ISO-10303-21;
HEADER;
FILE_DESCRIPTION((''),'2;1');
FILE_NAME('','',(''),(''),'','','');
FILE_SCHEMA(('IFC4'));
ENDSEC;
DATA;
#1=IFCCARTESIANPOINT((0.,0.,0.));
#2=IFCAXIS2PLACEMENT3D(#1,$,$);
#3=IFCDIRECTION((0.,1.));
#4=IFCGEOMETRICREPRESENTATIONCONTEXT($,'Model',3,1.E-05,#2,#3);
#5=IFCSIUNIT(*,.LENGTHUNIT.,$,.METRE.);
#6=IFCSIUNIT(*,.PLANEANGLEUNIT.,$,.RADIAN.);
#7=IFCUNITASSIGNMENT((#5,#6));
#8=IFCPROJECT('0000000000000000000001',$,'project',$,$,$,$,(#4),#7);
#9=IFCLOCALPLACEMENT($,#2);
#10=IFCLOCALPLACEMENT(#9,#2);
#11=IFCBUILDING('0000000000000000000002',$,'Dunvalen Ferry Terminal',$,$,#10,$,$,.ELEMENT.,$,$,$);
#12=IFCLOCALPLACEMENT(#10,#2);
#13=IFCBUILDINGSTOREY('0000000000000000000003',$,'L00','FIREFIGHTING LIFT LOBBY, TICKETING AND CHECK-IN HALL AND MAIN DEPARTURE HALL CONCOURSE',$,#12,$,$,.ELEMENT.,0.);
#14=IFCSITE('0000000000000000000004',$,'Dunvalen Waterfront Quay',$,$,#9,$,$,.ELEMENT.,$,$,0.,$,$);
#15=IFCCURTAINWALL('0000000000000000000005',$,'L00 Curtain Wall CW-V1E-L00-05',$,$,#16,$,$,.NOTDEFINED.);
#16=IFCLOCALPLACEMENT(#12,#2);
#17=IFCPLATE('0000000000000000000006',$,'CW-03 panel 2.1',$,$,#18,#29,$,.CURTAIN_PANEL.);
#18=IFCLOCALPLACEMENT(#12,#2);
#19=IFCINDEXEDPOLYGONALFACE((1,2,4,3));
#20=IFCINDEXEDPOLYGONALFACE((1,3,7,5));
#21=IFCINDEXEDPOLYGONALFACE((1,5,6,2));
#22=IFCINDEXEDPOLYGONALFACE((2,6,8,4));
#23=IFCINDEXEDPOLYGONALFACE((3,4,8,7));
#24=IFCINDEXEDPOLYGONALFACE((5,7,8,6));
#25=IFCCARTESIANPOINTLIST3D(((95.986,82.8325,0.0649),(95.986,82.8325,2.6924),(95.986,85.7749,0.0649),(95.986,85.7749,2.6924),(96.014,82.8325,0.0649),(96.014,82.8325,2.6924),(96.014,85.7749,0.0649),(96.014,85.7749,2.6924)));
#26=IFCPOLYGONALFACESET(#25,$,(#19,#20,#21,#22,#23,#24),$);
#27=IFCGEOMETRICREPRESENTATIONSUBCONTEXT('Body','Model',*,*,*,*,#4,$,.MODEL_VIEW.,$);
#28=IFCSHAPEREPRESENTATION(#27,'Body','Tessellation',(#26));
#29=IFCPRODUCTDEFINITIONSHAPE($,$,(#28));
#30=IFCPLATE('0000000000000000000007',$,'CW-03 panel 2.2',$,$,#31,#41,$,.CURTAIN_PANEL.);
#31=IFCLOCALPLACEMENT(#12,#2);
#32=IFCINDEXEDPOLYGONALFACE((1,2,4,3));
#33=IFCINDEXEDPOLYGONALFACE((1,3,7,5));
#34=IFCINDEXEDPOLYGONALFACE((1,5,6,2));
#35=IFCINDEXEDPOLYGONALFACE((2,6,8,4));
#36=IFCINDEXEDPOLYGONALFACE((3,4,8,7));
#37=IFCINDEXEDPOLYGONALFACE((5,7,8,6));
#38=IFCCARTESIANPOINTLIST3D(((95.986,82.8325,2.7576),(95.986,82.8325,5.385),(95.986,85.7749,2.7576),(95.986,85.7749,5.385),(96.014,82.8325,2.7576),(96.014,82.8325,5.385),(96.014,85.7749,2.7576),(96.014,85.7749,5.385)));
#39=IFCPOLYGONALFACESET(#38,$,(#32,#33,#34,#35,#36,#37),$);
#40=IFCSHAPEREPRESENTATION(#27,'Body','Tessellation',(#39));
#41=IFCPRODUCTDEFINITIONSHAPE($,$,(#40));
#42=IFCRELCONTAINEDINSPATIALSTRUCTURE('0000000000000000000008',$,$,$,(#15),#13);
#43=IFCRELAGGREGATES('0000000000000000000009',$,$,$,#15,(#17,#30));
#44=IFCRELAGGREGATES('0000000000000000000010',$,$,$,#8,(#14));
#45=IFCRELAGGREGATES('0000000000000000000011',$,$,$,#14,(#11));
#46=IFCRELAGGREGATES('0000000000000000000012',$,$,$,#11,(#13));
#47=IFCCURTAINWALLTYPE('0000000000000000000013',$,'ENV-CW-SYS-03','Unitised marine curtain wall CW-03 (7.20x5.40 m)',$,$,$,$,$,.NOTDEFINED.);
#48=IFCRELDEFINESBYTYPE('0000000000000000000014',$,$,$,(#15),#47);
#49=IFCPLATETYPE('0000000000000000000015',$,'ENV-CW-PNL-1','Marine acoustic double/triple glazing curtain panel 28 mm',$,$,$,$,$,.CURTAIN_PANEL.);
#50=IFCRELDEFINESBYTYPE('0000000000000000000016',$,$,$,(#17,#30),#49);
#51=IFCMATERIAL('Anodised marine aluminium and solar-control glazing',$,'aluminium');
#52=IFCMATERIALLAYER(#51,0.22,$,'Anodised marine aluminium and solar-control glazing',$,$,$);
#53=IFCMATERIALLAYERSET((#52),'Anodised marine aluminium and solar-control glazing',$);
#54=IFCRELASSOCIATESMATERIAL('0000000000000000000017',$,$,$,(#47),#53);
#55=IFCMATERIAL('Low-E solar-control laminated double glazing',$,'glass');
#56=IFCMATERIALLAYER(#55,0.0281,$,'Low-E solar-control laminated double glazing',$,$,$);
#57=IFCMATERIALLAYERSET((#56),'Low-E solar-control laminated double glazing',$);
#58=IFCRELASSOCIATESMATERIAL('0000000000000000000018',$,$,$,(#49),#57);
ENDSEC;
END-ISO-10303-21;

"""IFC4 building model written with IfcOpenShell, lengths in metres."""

from ifc_helpers import new_model, si_unit, direction, frame, origin, origin_2d, place, context, subcontext, project, spatial, rectangle, extrude, material, layer, layer_set, type_object, element, aggregate, save


model = new_model("IFC4")

# Units and contexts
model_context = context("Model", 3, precision=1e-05, world=origin(), true_north=direction((0.0, 1.0)))
body_context = subcontext(model_context, "Body", "Model", "MODEL_VIEW")
ifc_project = project(units=[si_unit("LENGTHUNIT", "METRE"), si_unit("PLANEANGLEUNIT", "RADIAN")], contexts=[model_context])

# Site, building, storey
site_placement = place(None, origin())
site = spatial("IfcSite", under=ifc_project, at=site_placement, Name="Dunvalen Waterfront Quay", CompositionType="ELEMENT", RefElevation=0.0)
building_placement = place(site_placement, origin())
building = spatial("IfcBuilding", under=site, at=building_placement, Name="Dunvalen Ferry Terminal", CompositionType="ELEMENT")
storey_placement = place(building_placement, origin())
storey = spatial("IfcBuildingStorey", under=building, at=storey_placement, Name="L00", Description="FIREFIGHTING LIFT LOBBY, TICKETING AND CHECK-IN HALL AND MAIN DEPARTURE HALL CONCOURSE", CompositionType="ELEMENT", Elevation=0.0)

# Shared definitions
ifc_material_1 = material(Name="Anodised marine aluminium and solar-control glazing", Category="aluminium")
ifc_layer_1 = layer(ifc_material_1, 0.22, Name="Anodised marine aluminium and solar-control glazing")
ifc_layer_set_1 = layer_set([ifc_layer_1], Name="Anodised marine aluminium and solar-control glazing")
curtain_wall_type = type_object("IfcCurtainWallType", Name="ENV-CW-SYS-03", Description="Unitised marine curtain wall CW-03 (7.20x5.40 m)", PredefinedType="NOTDEFINED", material=ifc_layer_set_1)

# Curtain wall
curtain_wall_1_placement = place(storey_placement, origin())
curtain_wall_1 = element("IfcCurtainWall", 1, at=curtain_wall_1_placement, inside=storey, type_object=curtain_wall_type, Name="L00 Curtain Wall CW-V1E-L00-05", PredefinedType="NOTDEFINED")

# Plates
ifc_material_2 = material(Name="Low-E solar-control laminated double glazing", Category="glass")
ifc_layer_2 = layer(ifc_material_2, 0.0281, Name="Low-E solar-control laminated double glazing")
ifc_layer_set_2 = layer_set([ifc_layer_2], Name="Low-E solar-control laminated double glazing")
plate_type = type_object("IfcPlateType", Name="ENV-CW-PNL-1", Description="Marine acoustic double/triple glazing curtain panel 28 mm", PredefinedType="CURTAIN_PANEL", material=ifc_layer_set_2)
plate_1_placement = place(storey_placement, frame((96.0, 84.3037, 0.0649), z_axis=(0.0, 0.0, 1.0), x_axis=(0.0, 1.0, 0.0)))
plate_1 = element("IfcPlate", 2, at=plate_1_placement, type_object=plate_type, Name="CW-03 panel 2.1", PredefinedType="CURTAIN_PANEL", context=body_context, shape_type="SweptSolid", body=[
    extrude(rectangle(XDim=2.9424, YDim=0.0281, at=origin_2d()), origin(), (0.0, 0.0, 1.0), 2.6274),
])
plate_2_placement = place(storey_placement, frame((96.0, 84.3037, 2.7576), z_axis=(0.0, 0.0, 1.0), x_axis=(0.0, 1.0, 0.0)))
plate_2 = element("IfcPlate", 3, at=plate_2_placement, type_object=plate_type, Name="CW-03 panel 2.2", PredefinedType="CURTAIN_PANEL", context=body_context, shape_type="SweptSolid", body=[
    extrude(rectangle(XDim=2.9424, YDim=0.0281, at=origin_2d()), origin(), (0.0, 0.0, 1.0), 2.6274),
])
aggregate(curtain_wall_1, [plate_1, plate_2])

save(model, "model.ifc")
